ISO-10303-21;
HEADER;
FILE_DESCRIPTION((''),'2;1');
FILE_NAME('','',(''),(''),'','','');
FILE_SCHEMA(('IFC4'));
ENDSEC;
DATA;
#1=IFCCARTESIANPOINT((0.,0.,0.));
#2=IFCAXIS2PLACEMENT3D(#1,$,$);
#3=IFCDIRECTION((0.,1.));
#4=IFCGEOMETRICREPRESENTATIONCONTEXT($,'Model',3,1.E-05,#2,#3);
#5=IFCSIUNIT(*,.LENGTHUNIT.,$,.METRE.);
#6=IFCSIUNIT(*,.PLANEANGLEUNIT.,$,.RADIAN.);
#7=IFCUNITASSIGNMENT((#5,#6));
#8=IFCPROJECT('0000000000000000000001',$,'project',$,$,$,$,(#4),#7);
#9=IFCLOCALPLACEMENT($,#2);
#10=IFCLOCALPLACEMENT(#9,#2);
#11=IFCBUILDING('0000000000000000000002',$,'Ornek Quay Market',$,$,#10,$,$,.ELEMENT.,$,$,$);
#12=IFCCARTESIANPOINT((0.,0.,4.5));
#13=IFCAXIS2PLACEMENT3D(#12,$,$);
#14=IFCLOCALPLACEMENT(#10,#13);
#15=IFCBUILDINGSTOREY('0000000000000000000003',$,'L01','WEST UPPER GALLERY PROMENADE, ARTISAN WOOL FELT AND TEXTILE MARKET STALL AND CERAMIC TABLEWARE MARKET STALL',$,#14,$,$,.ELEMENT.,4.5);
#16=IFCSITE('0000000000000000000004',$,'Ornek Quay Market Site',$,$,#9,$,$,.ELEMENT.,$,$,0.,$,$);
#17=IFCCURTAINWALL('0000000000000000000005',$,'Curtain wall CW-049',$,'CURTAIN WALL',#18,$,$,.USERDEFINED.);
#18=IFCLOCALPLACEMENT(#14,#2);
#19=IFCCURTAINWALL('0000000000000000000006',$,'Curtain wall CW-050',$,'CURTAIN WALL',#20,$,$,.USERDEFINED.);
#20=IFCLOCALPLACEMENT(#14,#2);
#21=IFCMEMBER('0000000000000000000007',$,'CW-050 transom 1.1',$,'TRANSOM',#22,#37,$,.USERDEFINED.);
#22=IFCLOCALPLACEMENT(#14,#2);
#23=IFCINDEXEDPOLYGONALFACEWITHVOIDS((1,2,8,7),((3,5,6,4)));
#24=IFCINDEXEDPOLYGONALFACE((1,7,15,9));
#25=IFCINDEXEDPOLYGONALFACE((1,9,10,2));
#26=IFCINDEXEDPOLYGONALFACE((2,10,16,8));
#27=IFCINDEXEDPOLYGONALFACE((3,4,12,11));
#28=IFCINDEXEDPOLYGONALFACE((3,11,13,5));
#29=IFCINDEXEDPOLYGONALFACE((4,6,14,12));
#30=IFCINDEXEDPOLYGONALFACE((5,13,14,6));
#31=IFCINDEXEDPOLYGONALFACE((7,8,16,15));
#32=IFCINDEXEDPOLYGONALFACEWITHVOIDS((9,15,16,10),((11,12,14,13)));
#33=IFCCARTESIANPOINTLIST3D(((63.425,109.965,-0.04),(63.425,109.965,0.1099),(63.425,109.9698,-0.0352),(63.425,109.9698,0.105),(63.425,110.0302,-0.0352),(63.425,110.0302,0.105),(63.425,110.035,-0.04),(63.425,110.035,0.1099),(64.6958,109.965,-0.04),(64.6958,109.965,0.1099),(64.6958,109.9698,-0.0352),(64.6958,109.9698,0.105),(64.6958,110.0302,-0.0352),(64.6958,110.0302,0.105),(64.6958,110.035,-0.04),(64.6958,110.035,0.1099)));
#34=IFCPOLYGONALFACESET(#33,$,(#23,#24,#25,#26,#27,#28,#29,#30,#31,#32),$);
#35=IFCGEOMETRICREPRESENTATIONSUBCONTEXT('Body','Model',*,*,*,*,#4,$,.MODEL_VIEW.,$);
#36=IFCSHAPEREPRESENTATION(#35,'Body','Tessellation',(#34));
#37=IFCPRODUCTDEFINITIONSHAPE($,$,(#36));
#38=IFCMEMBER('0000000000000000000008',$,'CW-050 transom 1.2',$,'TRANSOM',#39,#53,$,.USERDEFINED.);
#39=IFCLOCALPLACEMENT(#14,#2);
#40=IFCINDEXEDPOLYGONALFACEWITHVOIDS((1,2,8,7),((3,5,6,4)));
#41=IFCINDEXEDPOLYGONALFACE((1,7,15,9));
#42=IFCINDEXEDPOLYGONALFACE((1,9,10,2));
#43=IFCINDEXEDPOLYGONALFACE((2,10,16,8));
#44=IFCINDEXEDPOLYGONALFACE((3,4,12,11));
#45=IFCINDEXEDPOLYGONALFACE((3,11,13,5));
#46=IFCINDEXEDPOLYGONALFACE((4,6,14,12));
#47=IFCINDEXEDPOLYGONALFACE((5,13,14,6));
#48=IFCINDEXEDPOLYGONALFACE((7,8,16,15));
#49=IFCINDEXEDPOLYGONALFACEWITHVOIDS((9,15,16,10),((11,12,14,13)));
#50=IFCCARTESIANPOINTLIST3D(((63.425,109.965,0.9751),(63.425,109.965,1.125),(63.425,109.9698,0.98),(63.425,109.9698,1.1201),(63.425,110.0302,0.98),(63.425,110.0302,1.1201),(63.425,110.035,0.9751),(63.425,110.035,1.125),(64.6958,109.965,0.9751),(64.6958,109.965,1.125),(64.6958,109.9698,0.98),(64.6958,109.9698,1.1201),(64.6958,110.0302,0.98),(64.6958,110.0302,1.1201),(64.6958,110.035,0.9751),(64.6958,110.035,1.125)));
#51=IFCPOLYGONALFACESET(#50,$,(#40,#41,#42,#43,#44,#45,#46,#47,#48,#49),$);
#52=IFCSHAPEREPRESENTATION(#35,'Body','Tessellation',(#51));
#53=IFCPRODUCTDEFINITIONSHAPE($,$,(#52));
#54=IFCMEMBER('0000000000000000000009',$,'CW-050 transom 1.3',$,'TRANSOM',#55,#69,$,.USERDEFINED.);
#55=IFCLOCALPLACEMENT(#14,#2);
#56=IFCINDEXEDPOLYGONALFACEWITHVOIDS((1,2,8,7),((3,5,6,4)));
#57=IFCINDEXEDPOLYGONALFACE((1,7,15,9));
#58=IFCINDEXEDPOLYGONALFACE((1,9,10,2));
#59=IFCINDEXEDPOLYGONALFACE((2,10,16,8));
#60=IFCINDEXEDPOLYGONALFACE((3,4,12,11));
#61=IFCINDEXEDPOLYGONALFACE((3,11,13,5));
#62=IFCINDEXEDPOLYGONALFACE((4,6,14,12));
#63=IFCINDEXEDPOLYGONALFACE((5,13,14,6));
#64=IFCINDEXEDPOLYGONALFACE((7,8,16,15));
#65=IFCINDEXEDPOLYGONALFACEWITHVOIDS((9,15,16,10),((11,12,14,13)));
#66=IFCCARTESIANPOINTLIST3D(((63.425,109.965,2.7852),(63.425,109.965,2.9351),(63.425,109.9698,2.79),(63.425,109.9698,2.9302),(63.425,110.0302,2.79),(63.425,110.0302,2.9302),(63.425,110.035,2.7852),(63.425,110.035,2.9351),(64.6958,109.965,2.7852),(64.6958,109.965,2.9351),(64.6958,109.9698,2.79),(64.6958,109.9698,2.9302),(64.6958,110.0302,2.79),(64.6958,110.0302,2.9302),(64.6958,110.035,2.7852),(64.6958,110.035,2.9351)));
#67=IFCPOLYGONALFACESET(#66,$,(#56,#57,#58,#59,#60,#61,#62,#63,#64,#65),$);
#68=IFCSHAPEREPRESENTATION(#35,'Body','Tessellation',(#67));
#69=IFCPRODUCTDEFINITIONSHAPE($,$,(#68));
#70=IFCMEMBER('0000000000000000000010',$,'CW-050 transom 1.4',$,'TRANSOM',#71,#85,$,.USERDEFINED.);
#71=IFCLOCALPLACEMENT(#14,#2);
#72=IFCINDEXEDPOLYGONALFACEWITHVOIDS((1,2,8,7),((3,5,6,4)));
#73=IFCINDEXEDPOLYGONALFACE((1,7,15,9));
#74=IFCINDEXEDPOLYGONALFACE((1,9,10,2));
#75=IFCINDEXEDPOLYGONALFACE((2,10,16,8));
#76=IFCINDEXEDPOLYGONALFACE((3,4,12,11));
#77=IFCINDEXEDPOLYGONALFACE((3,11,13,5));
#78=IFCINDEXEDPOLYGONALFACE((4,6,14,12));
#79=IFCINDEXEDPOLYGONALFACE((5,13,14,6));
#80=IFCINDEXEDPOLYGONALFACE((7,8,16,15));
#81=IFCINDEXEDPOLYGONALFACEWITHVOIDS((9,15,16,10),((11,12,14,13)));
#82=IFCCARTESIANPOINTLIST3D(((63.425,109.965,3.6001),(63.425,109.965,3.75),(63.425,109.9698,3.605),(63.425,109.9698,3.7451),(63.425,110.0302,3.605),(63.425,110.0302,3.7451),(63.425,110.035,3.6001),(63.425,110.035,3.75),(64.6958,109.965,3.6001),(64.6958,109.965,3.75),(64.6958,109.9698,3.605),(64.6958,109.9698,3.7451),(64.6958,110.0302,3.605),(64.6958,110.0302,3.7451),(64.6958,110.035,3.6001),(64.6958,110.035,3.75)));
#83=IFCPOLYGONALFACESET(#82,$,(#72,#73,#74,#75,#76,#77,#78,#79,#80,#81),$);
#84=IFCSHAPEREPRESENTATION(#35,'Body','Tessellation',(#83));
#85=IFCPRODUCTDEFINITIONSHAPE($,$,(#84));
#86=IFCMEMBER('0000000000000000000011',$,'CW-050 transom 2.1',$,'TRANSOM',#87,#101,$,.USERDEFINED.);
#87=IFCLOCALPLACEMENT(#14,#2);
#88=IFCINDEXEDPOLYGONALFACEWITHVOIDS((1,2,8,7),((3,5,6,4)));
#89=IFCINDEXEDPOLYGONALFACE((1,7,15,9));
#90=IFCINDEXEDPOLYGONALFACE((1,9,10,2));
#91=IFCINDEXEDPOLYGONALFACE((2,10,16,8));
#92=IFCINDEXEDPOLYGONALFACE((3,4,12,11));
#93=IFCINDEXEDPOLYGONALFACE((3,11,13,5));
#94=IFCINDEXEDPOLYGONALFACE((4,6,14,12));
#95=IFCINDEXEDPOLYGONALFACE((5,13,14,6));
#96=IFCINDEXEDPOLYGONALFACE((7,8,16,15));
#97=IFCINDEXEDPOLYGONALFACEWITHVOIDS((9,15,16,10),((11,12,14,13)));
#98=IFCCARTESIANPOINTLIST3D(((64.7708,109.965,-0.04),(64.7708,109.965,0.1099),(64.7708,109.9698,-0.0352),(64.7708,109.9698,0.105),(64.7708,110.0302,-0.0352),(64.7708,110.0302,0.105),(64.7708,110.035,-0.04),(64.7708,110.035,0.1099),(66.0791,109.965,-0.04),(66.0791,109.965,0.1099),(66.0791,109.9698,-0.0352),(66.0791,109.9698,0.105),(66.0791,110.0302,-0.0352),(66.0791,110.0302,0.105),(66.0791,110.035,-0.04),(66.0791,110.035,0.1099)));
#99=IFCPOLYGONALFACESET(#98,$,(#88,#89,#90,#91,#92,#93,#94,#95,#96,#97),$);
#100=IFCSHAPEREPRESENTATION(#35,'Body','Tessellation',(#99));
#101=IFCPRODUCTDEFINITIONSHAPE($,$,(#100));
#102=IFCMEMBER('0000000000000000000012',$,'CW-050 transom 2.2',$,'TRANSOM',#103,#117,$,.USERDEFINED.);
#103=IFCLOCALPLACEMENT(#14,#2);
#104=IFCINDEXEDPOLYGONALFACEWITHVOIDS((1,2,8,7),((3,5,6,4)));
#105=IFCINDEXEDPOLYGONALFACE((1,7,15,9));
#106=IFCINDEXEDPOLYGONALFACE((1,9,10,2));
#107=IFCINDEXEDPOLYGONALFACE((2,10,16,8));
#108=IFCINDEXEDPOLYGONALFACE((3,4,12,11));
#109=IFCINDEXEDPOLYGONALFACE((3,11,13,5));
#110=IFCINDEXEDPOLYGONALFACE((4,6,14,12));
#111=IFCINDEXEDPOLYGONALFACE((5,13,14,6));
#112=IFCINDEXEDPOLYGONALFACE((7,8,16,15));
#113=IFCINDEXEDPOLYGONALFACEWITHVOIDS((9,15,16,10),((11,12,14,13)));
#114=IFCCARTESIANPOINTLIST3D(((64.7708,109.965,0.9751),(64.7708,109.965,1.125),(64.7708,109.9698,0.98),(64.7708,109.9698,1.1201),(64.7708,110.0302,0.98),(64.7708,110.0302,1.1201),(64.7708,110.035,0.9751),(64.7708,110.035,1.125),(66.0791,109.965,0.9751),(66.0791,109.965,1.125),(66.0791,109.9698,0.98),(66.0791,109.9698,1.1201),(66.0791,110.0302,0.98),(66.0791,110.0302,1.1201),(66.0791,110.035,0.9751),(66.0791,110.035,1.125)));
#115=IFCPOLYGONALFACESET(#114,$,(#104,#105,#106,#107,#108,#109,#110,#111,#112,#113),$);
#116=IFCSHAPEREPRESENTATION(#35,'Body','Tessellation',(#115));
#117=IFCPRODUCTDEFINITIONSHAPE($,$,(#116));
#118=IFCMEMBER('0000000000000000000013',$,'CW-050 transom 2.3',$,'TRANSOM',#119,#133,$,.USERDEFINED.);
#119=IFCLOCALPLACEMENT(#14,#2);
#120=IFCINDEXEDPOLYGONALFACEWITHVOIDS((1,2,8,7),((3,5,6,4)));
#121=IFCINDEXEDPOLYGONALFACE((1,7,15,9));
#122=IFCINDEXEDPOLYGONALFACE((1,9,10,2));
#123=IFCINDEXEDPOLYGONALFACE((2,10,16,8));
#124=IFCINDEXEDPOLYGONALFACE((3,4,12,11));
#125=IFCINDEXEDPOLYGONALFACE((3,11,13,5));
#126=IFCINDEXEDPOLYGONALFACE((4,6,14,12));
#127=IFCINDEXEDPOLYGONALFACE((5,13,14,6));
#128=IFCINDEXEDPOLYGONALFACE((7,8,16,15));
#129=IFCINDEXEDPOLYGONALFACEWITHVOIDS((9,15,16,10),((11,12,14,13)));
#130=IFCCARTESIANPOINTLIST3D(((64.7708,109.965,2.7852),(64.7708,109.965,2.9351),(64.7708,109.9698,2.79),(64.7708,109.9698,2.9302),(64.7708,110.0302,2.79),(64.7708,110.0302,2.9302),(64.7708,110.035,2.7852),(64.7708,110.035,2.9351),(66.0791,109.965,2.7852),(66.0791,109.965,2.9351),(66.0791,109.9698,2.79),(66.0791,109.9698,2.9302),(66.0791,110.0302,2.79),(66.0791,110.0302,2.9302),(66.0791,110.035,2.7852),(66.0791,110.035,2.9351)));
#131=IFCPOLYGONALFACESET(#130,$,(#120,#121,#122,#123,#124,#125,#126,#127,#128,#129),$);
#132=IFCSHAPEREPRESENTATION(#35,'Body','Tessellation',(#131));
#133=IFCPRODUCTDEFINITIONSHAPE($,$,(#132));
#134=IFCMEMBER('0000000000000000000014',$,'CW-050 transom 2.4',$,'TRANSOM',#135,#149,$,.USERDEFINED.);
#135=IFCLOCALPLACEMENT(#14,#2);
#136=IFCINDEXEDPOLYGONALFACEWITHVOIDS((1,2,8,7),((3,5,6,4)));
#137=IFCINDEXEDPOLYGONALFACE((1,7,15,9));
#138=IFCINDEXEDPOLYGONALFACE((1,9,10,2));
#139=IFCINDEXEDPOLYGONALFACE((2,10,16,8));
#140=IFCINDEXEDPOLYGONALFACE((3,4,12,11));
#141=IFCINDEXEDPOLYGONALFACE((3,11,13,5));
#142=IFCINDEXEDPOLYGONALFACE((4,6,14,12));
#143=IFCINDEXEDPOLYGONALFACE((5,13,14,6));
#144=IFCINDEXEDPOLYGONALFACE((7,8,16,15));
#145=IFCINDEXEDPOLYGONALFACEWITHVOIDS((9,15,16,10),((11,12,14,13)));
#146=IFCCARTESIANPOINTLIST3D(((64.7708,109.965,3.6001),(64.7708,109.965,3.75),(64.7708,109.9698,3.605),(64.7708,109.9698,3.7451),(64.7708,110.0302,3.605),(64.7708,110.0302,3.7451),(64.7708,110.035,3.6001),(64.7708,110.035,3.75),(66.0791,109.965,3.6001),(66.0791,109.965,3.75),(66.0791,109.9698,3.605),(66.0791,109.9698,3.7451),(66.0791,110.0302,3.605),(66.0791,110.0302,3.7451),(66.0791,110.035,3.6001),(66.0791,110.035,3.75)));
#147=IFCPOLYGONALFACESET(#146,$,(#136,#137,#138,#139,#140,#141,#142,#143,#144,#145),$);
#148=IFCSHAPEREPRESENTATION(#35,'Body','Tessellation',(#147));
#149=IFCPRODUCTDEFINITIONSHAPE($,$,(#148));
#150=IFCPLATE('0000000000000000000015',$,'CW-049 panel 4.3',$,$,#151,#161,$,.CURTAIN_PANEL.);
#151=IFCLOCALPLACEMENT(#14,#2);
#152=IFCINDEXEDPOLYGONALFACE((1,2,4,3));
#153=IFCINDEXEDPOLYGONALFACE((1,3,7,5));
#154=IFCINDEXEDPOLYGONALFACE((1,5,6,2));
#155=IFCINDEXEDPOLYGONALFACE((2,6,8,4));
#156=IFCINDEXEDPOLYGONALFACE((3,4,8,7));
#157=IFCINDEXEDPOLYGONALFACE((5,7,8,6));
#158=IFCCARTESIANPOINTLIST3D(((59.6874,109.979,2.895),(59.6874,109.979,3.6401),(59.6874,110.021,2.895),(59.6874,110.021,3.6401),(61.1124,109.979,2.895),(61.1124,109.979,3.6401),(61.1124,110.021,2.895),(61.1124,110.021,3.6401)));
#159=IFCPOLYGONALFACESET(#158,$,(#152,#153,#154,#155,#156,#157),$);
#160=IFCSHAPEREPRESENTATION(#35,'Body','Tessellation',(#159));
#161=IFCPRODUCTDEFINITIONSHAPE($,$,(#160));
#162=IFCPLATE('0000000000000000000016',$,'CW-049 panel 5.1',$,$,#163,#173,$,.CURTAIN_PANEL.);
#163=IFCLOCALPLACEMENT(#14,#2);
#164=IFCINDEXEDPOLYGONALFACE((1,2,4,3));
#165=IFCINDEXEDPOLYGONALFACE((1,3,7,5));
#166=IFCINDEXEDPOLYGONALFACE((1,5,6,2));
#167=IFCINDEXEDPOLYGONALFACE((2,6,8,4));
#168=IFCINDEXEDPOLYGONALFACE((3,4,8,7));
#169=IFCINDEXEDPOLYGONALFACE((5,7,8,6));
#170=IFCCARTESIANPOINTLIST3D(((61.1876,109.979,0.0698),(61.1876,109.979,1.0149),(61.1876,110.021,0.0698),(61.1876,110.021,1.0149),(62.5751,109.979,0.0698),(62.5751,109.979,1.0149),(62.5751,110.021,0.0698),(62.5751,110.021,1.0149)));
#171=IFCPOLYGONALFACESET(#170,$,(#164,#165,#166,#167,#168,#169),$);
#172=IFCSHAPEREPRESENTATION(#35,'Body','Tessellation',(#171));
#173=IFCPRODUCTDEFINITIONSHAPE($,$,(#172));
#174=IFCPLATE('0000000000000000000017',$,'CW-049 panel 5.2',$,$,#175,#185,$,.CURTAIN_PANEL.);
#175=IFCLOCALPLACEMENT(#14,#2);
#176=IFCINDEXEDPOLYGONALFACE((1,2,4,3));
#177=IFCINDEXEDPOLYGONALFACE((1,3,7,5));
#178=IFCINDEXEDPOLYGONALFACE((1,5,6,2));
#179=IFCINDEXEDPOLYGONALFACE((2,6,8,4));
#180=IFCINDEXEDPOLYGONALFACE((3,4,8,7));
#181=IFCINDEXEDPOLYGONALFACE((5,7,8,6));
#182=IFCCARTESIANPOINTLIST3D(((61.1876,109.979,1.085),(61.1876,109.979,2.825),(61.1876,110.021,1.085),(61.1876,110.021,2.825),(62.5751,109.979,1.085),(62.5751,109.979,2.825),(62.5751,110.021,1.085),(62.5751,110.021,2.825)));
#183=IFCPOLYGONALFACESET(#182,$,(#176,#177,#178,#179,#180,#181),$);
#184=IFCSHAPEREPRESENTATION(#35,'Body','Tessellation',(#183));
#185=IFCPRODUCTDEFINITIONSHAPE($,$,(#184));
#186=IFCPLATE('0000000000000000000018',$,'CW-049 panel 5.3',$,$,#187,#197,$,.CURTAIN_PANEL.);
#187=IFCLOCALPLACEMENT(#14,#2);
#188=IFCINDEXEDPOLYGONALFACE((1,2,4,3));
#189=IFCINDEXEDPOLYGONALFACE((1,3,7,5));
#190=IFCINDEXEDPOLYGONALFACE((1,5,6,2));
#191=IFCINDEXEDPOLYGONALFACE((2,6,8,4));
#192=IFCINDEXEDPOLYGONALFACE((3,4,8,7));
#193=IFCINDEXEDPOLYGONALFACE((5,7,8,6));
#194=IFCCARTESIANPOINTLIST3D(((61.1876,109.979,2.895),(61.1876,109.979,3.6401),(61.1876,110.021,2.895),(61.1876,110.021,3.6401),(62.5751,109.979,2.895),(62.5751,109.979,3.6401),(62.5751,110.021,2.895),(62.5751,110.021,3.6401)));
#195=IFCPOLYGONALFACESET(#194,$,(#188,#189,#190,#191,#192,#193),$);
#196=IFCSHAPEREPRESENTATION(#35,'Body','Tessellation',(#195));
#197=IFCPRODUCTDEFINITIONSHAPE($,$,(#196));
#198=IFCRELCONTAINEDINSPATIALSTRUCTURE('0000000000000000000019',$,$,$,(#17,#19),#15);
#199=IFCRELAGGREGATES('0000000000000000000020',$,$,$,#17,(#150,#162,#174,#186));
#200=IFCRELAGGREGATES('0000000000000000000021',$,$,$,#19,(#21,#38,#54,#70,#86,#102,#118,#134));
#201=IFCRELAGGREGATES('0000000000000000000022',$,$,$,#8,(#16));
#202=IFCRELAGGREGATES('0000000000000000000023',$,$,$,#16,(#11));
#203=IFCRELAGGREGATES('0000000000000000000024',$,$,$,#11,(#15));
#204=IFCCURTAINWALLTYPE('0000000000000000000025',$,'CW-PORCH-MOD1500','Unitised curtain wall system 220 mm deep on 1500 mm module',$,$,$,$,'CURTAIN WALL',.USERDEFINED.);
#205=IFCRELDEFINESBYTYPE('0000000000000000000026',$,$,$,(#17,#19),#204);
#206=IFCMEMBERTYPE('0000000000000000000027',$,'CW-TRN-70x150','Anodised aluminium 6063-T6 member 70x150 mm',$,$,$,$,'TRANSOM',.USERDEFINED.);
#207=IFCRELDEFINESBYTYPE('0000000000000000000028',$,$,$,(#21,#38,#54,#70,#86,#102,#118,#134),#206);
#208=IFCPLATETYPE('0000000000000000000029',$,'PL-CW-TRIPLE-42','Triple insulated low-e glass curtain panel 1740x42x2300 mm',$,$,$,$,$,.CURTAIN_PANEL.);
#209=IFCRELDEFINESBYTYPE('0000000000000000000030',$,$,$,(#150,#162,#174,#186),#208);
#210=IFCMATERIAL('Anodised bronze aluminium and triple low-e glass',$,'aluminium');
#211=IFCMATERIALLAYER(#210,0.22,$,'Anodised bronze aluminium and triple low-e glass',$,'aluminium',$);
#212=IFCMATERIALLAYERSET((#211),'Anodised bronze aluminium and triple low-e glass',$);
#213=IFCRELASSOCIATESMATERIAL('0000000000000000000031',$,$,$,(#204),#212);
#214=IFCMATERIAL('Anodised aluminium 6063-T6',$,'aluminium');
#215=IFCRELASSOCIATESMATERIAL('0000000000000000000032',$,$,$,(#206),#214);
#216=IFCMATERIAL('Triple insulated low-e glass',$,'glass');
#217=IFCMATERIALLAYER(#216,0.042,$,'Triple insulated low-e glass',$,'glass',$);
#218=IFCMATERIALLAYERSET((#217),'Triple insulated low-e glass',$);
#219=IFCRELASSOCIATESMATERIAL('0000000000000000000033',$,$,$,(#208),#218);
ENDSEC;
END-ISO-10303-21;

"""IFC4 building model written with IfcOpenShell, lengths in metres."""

from ifc_helpers import new_model, si_unit, direction, frame, origin, origin_2d, place, context, subcontext, project, spatial, rectangle, hollow_rectangle, extrude, material, layer, layer_set, material_profile, profile_set, type_object, element, aggregate, save


model = new_model("IFC4")

# Units and contexts
model_context = context("Model", 3, precision=1e-05, world=origin(), true_north=direction((0.0, 1.0)))
body_context = subcontext(model_context, "Body", "Model", "MODEL_VIEW")
ifc_project = project(units=[si_unit("LENGTHUNIT", "METRE"), si_unit("PLANEANGLEUNIT", "RADIAN")], contexts=[model_context])

# Site, building, storey
site_placement = place(None, origin())
site = spatial("IfcSite", under=ifc_project, at=site_placement, Name="Ornek Quay Market Site", CompositionType="ELEMENT", RefElevation=0.0)
building_placement = place(site_placement, origin())
building = spatial("IfcBuilding", under=site, at=building_placement, Name="Ornek Quay Market", CompositionType="ELEMENT")
storey_placement = place(building_placement, frame((0.0, 0.0, 4.5)))
storey = spatial("IfcBuildingStorey", under=building, at=storey_placement, Name="L01", Description="WEST UPPER GALLERY PROMENADE, ARTISAN WOOL FELT AND TEXTILE MARKET STALL AND CERAMIC TABLEWARE MARKET STALL", CompositionType="ELEMENT", Elevation=4.5)

# Curtain walls
ifc_material_1 = material(Name="Anodised bronze aluminium and triple low-e glass", Category="aluminium")
ifc_layer_1 = layer(ifc_material_1, 0.22, Name="Anodised bronze aluminium and triple low-e glass", Category="aluminium")
ifc_layer_set_1 = layer_set([ifc_layer_1], Name="Anodised bronze aluminium and triple low-e glass")
curtain_wall_type = type_object("IfcCurtainWallType", Name="CW-PORCH-MOD1500", Description="Unitised curtain wall system 220 mm deep on 1500 mm module", ElementType="CURTAIN WALL", PredefinedType="USERDEFINED", material=ifc_layer_set_1)
curtain_wall_1_placement = place(storey_placement, origin())
curtain_wall_1 = element("IfcCurtainWall", 1, at=curtain_wall_1_placement, inside=storey, type_object=curtain_wall_type, Name="Curtain wall CW-049", ObjectType="CURTAIN WALL", PredefinedType="USERDEFINED")
ifc_material_2 = material(Name="Anodised aluminium 6063-T6", Category="aluminium")
curtain_wall_2_placement = place(storey_placement, origin())
curtain_wall_2 = element("IfcCurtainWall", 2, at=curtain_wall_2_placement, inside=storey, type_object=curtain_wall_type, Name="Curtain wall CW-050", ObjectType="CURTAIN WALL", PredefinedType="USERDEFINED")

# Members
ifc_material_profile_1 = material_profile(ifc_material_2, hollow_rectangle(XDim=0.0701, YDim=0.1499, WallThickness=0.0049, at=origin_2d()), Name="CW-TRN-70x150", Category="aluminium")
ifc_profile_set_1 = profile_set([ifc_material_profile_1], Name="Anodised aluminium 6063-T6")
member_type_1 = type_object("IfcMemberType", Name="CW-TRN-70x150", Description="Anodised aluminium 6063-T6 member 70x150 mm", ElementType="TRANSOM", PredefinedType="USERDEFINED", material=ifc_profile_set_1)
member_1_placement = place(storey_placement, frame((63.425, 110.0, 0.0349), z_axis=(1.0, 0.0, 0.0), x_axis=(0.0, 1.0, 0.0)))
member_1 = element("IfcMember", 3, at=member_1_placement, type_object=member_type_1, Name="CW-050 transom 1.1", ObjectType="TRANSOM", PredefinedType="USERDEFINED", context=body_context, shape_type="SweptSolid", body=[
    extrude(hollow_rectangle(XDim=0.0701, YDim=0.1499, WallThickness=0.0049, at=origin_2d()), origin(), (0.0, 0.0, 1.0), 1.2708),
])
member_2_placement = place(storey_placement, frame((63.425, 110.0, 1.05), z_axis=(1.0, 0.0, 0.0), x_axis=(0.0, 1.0, 0.0)))
member_2 = element("IfcMember", 4, at=member_2_placement, type_object=member_type_1, Name="CW-050 transom 1.2", ObjectType="TRANSOM", PredefinedType="USERDEFINED", context=body_context, shape_type="SweptSolid", body=[
    extrude(hollow_rectangle(XDim=0.0701, YDim=0.1499, WallThickness=0.0049, at=origin_2d()), origin(), (0.0, 0.0, 1.0), 1.2708),
])
member_3_placement = place(storey_placement, frame((63.425, 110.0, 2.8601), z_axis=(1.0, 0.0, 0.0), x_axis=(0.0, 1.0, 0.0)))
member_3 = element("IfcMember", 5, at=member_3_placement, type_object=member_type_1, Name="CW-050 transom 1.3", ObjectType="TRANSOM", PredefinedType="USERDEFINED", context=body_context, shape_type="SweptSolid", body=[
    extrude(hollow_rectangle(XDim=0.0701, YDim=0.1499, WallThickness=0.0049, at=origin_2d()), origin(), (0.0, 0.0, 1.0), 1.2708),
])
member_4_placement = place(storey_placement, frame((63.425, 110.0, 3.675), z_axis=(1.0, 0.0, 0.0), x_axis=(0.0, 1.0, 0.0)))
member_4 = element("IfcMember", 6, at=member_4_placement, type_object=member_type_1, Name="CW-050 transom 1.4", ObjectType="TRANSOM", PredefinedType="USERDEFINED", context=body_context, shape_type="SweptSolid", body=[
    extrude(hollow_rectangle(XDim=0.0701, YDim=0.1499, WallThickness=0.0049, at=origin_2d()), origin(), (0.0, 0.0, 1.0), 1.2708),
])
member_5_placement = place(storey_placement, frame((64.7708, 110.0, 0.0349), z_axis=(1.0, 0.0, 0.0), x_axis=(0.0, 1.0, 0.0)))
member_5 = element("IfcMember", 7, at=member_5_placement, type_object=member_type_1, Name="CW-050 transom 2.1", ObjectType="TRANSOM", PredefinedType="USERDEFINED", context=body_context, shape_type="SweptSolid", body=[
    extrude(hollow_rectangle(XDim=0.0701, YDim=0.1499, WallThickness=0.0049, at=origin_2d()), origin(), (0.0, 0.0, 1.0), 1.3083),
])
member_6_placement = place(storey_placement, frame((64.7708, 110.0, 1.05), z_axis=(1.0, 0.0, 0.0), x_axis=(0.0, 1.0, 0.0)))
member_6 = element("IfcMember", 8, at=member_6_placement, type_object=member_type_1, Name="CW-050 transom 2.2", ObjectType="TRANSOM", PredefinedType="USERDEFINED", context=body_context, shape_type="SweptSolid", body=[
    extrude(hollow_rectangle(XDim=0.0701, YDim=0.1499, WallThickness=0.0049, at=origin_2d()), origin(), (0.0, 0.0, 1.0), 1.3083),
])
member_7_placement = place(storey_placement, frame((64.7708, 110.0, 2.8601), z_axis=(1.0, 0.0, 0.0), x_axis=(0.0, 1.0, 0.0)))
member_7 = element("IfcMember", 9, at=member_7_placement, type_object=member_type_1, Name="CW-050 transom 2.3", ObjectType="TRANSOM", PredefinedType="USERDEFINED", context=body_context, shape_type="SweptSolid", body=[
    extrude(hollow_rectangle(XDim=0.0701, YDim=0.1499, WallThickness=0.0049, at=origin_2d()), origin(), (0.0, 0.0, 1.0), 1.3083),
])
member_8_placement = place(storey_placement, frame((64.7708, 110.0, 3.675), z_axis=(1.0, 0.0, 0.0), x_axis=(0.0, 1.0, 0.0)))
member_8 = element("IfcMember", 10, at=member_8_placement, type_object=member_type_1, Name="CW-050 transom 2.4", ObjectType="TRANSOM", PredefinedType="USERDEFINED", context=body_context, shape_type="SweptSolid", body=[
    extrude(hollow_rectangle(XDim=0.0701, YDim=0.1499, WallThickness=0.0049, at=origin_2d()), origin(), (0.0, 0.0, 1.0), 1.3083),
])

# Plates
ifc_material_3 = material(Name="Triple insulated low-e glass", Category="glass")
ifc_layer_2 = layer(ifc_material_3, 0.042, Name="Triple insulated low-e glass", Category="glass")
ifc_layer_set_2 = layer_set([ifc_layer_2], Name="Triple insulated low-e glass")
plate_type = type_object("IfcPlateType", Name="PL-CW-TRIPLE-42", Description="Triple insulated low-e glass curtain panel 1740x42x2300 mm", PredefinedType="CURTAIN_PANEL", material=ifc_layer_set_2)
plate_1_placement = place(storey_placement, frame((60.3999, 110.0, 2.895), z_axis=(0.0, 0.0, 1.0), x_axis=(1.0, 0.0, 0.0)))
plate_1 = element("IfcPlate", 11, at=plate_1_placement, type_object=plate_type, Name="CW-049 panel 4.3", PredefinedType="CURTAIN_PANEL", context=body_context, shape_type="SweptSolid", body=[
    extrude(rectangle(XDim=1.425, YDim=0.042, at=origin_2d()), origin(), (0.0, 0.0, 1.0), 0.7451),
])
plate_2_placement = place(storey_placement, frame((61.8813, 110.0, 0.0698), z_axis=(0.0, 0.0, 1.0), x_axis=(1.0, 0.0, 0.0)))
plate_2 = element("IfcPlate", 12, at=plate_2_placement, type_object=plate_type, Name="CW-049 panel 5.1", PredefinedType="CURTAIN_PANEL", context=body_context, shape_type="SweptSolid", body=[
    extrude(rectangle(XDim=1.3875, YDim=0.042, at=origin_2d()), origin(), (0.0, 0.0, 1.0), 0.9451),
])
plate_3_placement = place(storey_placement, frame((61.8813, 110.0, 1.085), z_axis=(0.0, 0.0, 1.0), x_axis=(1.0, 0.0, 0.0)))
plate_3 = element("IfcPlate", 13, at=plate_3_placement, type_object=plate_type, Name="CW-049 panel 5.2", PredefinedType="CURTAIN_PANEL", context=body_context, shape_type="SweptSolid", body=[
    extrude(rectangle(XDim=1.3875, YDim=0.042, at=origin_2d()), origin(), (0.0, 0.0, 1.0), 1.74),
])
plate_4_placement = place(storey_placement, frame((61.8813, 110.0, 2.895), z_axis=(0.0, 0.0, 1.0), x_axis=(1.0, 0.0, 0.0)))
plate_4 = element("IfcPlate", 14, at=plate_4_placement, type_object=plate_type, Name="CW-049 panel 5.3", PredefinedType="CURTAIN_PANEL", context=body_context, shape_type="SweptSolid", body=[
    extrude(rectangle(XDim=1.3875, YDim=0.042, at=origin_2d()), origin(), (0.0, 0.0, 1.0), 0.7451),
])
aggregate(curtain_wall_1, [plate_1, plate_2, plate_3, plate_4])
aggregate(curtain_wall_2, [member_1, member_2, member_3, member_4, member_5, member_6, member_7, member_8])

save(model, "model.ifc")
